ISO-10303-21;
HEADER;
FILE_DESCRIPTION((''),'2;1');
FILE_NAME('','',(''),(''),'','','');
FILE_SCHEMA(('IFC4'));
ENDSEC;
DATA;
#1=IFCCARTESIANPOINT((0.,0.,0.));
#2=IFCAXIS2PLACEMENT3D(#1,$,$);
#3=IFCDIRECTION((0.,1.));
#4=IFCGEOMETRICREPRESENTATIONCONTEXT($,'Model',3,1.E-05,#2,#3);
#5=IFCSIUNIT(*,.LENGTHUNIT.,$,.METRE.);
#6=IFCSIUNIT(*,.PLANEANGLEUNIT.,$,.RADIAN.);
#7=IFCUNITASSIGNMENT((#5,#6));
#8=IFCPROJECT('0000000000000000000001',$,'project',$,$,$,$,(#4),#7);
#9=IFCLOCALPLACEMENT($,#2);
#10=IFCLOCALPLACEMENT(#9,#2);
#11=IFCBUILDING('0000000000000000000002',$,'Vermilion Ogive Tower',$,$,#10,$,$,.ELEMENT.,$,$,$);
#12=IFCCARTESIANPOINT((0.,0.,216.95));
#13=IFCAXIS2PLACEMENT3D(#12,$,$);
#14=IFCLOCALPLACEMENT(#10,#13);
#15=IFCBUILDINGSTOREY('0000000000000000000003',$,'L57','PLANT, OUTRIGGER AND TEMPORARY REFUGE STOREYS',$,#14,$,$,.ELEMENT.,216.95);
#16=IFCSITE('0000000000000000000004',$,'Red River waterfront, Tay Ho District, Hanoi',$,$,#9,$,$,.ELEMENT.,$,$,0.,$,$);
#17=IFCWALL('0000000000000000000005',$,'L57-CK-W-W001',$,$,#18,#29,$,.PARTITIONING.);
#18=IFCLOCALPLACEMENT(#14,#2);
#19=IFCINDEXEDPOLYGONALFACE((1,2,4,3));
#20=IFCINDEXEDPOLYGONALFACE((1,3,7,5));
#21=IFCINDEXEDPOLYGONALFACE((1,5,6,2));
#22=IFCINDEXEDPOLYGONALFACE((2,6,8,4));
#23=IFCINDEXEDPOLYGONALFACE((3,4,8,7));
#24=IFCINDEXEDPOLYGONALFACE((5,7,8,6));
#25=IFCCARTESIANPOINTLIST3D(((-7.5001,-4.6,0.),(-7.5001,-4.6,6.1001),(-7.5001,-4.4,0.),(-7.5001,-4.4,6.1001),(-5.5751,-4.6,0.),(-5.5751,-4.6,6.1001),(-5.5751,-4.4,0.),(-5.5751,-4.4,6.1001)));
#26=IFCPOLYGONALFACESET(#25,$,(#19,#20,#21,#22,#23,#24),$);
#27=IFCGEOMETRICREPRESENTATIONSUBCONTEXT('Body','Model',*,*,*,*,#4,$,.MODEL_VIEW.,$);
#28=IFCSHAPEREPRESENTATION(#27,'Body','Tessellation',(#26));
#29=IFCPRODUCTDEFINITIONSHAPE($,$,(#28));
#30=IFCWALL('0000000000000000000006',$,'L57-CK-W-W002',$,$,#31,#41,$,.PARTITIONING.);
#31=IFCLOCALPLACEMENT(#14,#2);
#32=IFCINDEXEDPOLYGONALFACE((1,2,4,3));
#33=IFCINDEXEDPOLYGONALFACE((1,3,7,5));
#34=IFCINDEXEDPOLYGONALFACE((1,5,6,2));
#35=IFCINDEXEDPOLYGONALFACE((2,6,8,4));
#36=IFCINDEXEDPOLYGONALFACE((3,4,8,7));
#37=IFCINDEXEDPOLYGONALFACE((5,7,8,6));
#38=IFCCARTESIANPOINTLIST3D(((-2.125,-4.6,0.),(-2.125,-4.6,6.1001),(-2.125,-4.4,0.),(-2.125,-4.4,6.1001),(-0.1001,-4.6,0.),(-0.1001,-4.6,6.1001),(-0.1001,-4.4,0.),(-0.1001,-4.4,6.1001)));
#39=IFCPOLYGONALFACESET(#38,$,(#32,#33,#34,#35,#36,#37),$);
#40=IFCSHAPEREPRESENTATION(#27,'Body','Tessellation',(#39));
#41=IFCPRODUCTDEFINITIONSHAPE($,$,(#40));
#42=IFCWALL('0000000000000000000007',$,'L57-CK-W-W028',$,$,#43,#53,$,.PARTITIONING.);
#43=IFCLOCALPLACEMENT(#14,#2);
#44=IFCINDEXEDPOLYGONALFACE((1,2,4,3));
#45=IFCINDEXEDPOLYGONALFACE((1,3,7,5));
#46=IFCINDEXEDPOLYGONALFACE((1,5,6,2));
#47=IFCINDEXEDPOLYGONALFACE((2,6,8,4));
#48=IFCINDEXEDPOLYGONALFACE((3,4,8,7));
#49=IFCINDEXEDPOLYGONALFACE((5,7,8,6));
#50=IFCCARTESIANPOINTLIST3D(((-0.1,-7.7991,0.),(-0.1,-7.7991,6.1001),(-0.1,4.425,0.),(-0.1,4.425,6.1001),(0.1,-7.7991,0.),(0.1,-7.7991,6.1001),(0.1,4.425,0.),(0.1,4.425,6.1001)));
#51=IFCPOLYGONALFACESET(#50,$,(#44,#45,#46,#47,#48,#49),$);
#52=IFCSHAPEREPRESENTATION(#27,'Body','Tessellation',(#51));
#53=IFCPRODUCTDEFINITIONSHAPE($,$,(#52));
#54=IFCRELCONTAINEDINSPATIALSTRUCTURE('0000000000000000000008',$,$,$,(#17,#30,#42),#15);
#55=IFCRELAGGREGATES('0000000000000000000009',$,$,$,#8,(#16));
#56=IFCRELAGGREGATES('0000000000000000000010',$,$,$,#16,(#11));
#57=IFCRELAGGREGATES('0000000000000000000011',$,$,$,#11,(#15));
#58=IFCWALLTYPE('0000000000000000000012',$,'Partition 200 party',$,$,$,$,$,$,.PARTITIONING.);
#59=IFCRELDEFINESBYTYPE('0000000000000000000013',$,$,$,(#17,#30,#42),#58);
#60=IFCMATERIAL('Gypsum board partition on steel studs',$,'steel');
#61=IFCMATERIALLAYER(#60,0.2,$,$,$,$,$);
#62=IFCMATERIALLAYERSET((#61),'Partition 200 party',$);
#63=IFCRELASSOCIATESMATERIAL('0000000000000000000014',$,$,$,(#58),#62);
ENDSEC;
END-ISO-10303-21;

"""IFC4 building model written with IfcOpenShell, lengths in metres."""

from ifc_helpers import new_model, si_unit, direction, frame, frame_2d, origin, place, context, subcontext, project, spatial, rectangle, extrude, material, layer, layer_set, type_object, element, save


model = new_model("IFC4")

# Units and contexts
model_context = context("Model", 3, precision=1e-05, world=origin(), true_north=direction((0.0, 1.0)))
body_context = subcontext(model_context, "Body", "Model", "MODEL_VIEW")
ifc_project = project(units=[si_unit("LENGTHUNIT", "METRE"), si_unit("PLANEANGLEUNIT", "RADIAN")], contexts=[model_context])

# Site, building, storey
site_placement = place(None, origin())
site = spatial("IfcSite", under=ifc_project, at=site_placement, Name="Red River waterfront, Tay Ho District, Hanoi", CompositionType="ELEMENT", RefElevation=0.0)
building_placement = place(site_placement, origin())
building = spatial("IfcBuilding", under=site, at=building_placement, Name="Vermilion Ogive Tower", CompositionType="ELEMENT")
storey_placement = place(building_placement, frame((0.0, 0.0, 216.95)))
storey = spatial("IfcBuildingStorey", under=building, at=storey_placement, Name="L57", Description="PLANT, OUTRIGGER AND TEMPORARY REFUGE STOREYS", CompositionType="ELEMENT", Elevation=216.95)

# Walls
ifc_material_1 = material(Name="Gypsum board partition on steel studs", Category="steel")
ifc_layer_1 = layer(ifc_material_1, 0.2)
ifc_layer_set_1 = layer_set([ifc_layer_1], Name="Partition 200 party")
wall_type_1 = type_object("IfcWallType", Name="Partition 200 party", PredefinedType="PARTITIONING", material=ifc_layer_set_1)
wall_1_placement = place(storey_placement, frame((-7.5, -4.5, 0.0), z_axis=(0.0, 0.0, 1.0), x_axis=(1.0, 0.0, 0.0)))
element("IfcWall", 1, at=wall_1_placement, inside=storey, type_object=wall_type_1, Name="L57-CK-W-W001", PredefinedType="PARTITIONING", context=body_context, shape_type="SweptSolid", body=[
    extrude(rectangle(XDim=1.925, YDim=0.2, at=frame_2d((0.9624, 0.0))), origin(), (0.0, 0.0, 1.0), 6.1001),
])
wall_2_placement = place(storey_placement, frame((-2.125, -4.5, 0.0), z_axis=(0.0, 0.0, 1.0), x_axis=(1.0, 0.0, 0.0)))
element("IfcWall", 2, at=wall_2_placement, inside=storey, type_object=wall_type_1, Name="L57-CK-W-W002", PredefinedType="PARTITIONING", context=body_context, shape_type="SweptSolid", body=[
    extrude(rectangle(XDim=2.0249, YDim=0.2, at=frame_2d((1.0125, 0.0))), origin(), (0.0, 0.0, 1.0), 6.1001),
])
wall_3_placement = place(storey_placement, frame((0.0, -7.7991, 0.0), z_axis=(0.0, 0.0, 1.0), x_axis=(0.0, 1.0, 0.0)))
element("IfcWall", 3, at=wall_3_placement, inside=storey, type_object=wall_type_1, Name="L57-CK-W-W028", PredefinedType="PARTITIONING", context=body_context, shape_type="SweptSolid", body=[
    extrude(rectangle(XDim=12.2241, YDim=0.2, at=frame_2d((6.1121, 0.0))), origin(), (0.0, 0.0, 1.0), 6.1001),
])

save(model, "model.ifc")
